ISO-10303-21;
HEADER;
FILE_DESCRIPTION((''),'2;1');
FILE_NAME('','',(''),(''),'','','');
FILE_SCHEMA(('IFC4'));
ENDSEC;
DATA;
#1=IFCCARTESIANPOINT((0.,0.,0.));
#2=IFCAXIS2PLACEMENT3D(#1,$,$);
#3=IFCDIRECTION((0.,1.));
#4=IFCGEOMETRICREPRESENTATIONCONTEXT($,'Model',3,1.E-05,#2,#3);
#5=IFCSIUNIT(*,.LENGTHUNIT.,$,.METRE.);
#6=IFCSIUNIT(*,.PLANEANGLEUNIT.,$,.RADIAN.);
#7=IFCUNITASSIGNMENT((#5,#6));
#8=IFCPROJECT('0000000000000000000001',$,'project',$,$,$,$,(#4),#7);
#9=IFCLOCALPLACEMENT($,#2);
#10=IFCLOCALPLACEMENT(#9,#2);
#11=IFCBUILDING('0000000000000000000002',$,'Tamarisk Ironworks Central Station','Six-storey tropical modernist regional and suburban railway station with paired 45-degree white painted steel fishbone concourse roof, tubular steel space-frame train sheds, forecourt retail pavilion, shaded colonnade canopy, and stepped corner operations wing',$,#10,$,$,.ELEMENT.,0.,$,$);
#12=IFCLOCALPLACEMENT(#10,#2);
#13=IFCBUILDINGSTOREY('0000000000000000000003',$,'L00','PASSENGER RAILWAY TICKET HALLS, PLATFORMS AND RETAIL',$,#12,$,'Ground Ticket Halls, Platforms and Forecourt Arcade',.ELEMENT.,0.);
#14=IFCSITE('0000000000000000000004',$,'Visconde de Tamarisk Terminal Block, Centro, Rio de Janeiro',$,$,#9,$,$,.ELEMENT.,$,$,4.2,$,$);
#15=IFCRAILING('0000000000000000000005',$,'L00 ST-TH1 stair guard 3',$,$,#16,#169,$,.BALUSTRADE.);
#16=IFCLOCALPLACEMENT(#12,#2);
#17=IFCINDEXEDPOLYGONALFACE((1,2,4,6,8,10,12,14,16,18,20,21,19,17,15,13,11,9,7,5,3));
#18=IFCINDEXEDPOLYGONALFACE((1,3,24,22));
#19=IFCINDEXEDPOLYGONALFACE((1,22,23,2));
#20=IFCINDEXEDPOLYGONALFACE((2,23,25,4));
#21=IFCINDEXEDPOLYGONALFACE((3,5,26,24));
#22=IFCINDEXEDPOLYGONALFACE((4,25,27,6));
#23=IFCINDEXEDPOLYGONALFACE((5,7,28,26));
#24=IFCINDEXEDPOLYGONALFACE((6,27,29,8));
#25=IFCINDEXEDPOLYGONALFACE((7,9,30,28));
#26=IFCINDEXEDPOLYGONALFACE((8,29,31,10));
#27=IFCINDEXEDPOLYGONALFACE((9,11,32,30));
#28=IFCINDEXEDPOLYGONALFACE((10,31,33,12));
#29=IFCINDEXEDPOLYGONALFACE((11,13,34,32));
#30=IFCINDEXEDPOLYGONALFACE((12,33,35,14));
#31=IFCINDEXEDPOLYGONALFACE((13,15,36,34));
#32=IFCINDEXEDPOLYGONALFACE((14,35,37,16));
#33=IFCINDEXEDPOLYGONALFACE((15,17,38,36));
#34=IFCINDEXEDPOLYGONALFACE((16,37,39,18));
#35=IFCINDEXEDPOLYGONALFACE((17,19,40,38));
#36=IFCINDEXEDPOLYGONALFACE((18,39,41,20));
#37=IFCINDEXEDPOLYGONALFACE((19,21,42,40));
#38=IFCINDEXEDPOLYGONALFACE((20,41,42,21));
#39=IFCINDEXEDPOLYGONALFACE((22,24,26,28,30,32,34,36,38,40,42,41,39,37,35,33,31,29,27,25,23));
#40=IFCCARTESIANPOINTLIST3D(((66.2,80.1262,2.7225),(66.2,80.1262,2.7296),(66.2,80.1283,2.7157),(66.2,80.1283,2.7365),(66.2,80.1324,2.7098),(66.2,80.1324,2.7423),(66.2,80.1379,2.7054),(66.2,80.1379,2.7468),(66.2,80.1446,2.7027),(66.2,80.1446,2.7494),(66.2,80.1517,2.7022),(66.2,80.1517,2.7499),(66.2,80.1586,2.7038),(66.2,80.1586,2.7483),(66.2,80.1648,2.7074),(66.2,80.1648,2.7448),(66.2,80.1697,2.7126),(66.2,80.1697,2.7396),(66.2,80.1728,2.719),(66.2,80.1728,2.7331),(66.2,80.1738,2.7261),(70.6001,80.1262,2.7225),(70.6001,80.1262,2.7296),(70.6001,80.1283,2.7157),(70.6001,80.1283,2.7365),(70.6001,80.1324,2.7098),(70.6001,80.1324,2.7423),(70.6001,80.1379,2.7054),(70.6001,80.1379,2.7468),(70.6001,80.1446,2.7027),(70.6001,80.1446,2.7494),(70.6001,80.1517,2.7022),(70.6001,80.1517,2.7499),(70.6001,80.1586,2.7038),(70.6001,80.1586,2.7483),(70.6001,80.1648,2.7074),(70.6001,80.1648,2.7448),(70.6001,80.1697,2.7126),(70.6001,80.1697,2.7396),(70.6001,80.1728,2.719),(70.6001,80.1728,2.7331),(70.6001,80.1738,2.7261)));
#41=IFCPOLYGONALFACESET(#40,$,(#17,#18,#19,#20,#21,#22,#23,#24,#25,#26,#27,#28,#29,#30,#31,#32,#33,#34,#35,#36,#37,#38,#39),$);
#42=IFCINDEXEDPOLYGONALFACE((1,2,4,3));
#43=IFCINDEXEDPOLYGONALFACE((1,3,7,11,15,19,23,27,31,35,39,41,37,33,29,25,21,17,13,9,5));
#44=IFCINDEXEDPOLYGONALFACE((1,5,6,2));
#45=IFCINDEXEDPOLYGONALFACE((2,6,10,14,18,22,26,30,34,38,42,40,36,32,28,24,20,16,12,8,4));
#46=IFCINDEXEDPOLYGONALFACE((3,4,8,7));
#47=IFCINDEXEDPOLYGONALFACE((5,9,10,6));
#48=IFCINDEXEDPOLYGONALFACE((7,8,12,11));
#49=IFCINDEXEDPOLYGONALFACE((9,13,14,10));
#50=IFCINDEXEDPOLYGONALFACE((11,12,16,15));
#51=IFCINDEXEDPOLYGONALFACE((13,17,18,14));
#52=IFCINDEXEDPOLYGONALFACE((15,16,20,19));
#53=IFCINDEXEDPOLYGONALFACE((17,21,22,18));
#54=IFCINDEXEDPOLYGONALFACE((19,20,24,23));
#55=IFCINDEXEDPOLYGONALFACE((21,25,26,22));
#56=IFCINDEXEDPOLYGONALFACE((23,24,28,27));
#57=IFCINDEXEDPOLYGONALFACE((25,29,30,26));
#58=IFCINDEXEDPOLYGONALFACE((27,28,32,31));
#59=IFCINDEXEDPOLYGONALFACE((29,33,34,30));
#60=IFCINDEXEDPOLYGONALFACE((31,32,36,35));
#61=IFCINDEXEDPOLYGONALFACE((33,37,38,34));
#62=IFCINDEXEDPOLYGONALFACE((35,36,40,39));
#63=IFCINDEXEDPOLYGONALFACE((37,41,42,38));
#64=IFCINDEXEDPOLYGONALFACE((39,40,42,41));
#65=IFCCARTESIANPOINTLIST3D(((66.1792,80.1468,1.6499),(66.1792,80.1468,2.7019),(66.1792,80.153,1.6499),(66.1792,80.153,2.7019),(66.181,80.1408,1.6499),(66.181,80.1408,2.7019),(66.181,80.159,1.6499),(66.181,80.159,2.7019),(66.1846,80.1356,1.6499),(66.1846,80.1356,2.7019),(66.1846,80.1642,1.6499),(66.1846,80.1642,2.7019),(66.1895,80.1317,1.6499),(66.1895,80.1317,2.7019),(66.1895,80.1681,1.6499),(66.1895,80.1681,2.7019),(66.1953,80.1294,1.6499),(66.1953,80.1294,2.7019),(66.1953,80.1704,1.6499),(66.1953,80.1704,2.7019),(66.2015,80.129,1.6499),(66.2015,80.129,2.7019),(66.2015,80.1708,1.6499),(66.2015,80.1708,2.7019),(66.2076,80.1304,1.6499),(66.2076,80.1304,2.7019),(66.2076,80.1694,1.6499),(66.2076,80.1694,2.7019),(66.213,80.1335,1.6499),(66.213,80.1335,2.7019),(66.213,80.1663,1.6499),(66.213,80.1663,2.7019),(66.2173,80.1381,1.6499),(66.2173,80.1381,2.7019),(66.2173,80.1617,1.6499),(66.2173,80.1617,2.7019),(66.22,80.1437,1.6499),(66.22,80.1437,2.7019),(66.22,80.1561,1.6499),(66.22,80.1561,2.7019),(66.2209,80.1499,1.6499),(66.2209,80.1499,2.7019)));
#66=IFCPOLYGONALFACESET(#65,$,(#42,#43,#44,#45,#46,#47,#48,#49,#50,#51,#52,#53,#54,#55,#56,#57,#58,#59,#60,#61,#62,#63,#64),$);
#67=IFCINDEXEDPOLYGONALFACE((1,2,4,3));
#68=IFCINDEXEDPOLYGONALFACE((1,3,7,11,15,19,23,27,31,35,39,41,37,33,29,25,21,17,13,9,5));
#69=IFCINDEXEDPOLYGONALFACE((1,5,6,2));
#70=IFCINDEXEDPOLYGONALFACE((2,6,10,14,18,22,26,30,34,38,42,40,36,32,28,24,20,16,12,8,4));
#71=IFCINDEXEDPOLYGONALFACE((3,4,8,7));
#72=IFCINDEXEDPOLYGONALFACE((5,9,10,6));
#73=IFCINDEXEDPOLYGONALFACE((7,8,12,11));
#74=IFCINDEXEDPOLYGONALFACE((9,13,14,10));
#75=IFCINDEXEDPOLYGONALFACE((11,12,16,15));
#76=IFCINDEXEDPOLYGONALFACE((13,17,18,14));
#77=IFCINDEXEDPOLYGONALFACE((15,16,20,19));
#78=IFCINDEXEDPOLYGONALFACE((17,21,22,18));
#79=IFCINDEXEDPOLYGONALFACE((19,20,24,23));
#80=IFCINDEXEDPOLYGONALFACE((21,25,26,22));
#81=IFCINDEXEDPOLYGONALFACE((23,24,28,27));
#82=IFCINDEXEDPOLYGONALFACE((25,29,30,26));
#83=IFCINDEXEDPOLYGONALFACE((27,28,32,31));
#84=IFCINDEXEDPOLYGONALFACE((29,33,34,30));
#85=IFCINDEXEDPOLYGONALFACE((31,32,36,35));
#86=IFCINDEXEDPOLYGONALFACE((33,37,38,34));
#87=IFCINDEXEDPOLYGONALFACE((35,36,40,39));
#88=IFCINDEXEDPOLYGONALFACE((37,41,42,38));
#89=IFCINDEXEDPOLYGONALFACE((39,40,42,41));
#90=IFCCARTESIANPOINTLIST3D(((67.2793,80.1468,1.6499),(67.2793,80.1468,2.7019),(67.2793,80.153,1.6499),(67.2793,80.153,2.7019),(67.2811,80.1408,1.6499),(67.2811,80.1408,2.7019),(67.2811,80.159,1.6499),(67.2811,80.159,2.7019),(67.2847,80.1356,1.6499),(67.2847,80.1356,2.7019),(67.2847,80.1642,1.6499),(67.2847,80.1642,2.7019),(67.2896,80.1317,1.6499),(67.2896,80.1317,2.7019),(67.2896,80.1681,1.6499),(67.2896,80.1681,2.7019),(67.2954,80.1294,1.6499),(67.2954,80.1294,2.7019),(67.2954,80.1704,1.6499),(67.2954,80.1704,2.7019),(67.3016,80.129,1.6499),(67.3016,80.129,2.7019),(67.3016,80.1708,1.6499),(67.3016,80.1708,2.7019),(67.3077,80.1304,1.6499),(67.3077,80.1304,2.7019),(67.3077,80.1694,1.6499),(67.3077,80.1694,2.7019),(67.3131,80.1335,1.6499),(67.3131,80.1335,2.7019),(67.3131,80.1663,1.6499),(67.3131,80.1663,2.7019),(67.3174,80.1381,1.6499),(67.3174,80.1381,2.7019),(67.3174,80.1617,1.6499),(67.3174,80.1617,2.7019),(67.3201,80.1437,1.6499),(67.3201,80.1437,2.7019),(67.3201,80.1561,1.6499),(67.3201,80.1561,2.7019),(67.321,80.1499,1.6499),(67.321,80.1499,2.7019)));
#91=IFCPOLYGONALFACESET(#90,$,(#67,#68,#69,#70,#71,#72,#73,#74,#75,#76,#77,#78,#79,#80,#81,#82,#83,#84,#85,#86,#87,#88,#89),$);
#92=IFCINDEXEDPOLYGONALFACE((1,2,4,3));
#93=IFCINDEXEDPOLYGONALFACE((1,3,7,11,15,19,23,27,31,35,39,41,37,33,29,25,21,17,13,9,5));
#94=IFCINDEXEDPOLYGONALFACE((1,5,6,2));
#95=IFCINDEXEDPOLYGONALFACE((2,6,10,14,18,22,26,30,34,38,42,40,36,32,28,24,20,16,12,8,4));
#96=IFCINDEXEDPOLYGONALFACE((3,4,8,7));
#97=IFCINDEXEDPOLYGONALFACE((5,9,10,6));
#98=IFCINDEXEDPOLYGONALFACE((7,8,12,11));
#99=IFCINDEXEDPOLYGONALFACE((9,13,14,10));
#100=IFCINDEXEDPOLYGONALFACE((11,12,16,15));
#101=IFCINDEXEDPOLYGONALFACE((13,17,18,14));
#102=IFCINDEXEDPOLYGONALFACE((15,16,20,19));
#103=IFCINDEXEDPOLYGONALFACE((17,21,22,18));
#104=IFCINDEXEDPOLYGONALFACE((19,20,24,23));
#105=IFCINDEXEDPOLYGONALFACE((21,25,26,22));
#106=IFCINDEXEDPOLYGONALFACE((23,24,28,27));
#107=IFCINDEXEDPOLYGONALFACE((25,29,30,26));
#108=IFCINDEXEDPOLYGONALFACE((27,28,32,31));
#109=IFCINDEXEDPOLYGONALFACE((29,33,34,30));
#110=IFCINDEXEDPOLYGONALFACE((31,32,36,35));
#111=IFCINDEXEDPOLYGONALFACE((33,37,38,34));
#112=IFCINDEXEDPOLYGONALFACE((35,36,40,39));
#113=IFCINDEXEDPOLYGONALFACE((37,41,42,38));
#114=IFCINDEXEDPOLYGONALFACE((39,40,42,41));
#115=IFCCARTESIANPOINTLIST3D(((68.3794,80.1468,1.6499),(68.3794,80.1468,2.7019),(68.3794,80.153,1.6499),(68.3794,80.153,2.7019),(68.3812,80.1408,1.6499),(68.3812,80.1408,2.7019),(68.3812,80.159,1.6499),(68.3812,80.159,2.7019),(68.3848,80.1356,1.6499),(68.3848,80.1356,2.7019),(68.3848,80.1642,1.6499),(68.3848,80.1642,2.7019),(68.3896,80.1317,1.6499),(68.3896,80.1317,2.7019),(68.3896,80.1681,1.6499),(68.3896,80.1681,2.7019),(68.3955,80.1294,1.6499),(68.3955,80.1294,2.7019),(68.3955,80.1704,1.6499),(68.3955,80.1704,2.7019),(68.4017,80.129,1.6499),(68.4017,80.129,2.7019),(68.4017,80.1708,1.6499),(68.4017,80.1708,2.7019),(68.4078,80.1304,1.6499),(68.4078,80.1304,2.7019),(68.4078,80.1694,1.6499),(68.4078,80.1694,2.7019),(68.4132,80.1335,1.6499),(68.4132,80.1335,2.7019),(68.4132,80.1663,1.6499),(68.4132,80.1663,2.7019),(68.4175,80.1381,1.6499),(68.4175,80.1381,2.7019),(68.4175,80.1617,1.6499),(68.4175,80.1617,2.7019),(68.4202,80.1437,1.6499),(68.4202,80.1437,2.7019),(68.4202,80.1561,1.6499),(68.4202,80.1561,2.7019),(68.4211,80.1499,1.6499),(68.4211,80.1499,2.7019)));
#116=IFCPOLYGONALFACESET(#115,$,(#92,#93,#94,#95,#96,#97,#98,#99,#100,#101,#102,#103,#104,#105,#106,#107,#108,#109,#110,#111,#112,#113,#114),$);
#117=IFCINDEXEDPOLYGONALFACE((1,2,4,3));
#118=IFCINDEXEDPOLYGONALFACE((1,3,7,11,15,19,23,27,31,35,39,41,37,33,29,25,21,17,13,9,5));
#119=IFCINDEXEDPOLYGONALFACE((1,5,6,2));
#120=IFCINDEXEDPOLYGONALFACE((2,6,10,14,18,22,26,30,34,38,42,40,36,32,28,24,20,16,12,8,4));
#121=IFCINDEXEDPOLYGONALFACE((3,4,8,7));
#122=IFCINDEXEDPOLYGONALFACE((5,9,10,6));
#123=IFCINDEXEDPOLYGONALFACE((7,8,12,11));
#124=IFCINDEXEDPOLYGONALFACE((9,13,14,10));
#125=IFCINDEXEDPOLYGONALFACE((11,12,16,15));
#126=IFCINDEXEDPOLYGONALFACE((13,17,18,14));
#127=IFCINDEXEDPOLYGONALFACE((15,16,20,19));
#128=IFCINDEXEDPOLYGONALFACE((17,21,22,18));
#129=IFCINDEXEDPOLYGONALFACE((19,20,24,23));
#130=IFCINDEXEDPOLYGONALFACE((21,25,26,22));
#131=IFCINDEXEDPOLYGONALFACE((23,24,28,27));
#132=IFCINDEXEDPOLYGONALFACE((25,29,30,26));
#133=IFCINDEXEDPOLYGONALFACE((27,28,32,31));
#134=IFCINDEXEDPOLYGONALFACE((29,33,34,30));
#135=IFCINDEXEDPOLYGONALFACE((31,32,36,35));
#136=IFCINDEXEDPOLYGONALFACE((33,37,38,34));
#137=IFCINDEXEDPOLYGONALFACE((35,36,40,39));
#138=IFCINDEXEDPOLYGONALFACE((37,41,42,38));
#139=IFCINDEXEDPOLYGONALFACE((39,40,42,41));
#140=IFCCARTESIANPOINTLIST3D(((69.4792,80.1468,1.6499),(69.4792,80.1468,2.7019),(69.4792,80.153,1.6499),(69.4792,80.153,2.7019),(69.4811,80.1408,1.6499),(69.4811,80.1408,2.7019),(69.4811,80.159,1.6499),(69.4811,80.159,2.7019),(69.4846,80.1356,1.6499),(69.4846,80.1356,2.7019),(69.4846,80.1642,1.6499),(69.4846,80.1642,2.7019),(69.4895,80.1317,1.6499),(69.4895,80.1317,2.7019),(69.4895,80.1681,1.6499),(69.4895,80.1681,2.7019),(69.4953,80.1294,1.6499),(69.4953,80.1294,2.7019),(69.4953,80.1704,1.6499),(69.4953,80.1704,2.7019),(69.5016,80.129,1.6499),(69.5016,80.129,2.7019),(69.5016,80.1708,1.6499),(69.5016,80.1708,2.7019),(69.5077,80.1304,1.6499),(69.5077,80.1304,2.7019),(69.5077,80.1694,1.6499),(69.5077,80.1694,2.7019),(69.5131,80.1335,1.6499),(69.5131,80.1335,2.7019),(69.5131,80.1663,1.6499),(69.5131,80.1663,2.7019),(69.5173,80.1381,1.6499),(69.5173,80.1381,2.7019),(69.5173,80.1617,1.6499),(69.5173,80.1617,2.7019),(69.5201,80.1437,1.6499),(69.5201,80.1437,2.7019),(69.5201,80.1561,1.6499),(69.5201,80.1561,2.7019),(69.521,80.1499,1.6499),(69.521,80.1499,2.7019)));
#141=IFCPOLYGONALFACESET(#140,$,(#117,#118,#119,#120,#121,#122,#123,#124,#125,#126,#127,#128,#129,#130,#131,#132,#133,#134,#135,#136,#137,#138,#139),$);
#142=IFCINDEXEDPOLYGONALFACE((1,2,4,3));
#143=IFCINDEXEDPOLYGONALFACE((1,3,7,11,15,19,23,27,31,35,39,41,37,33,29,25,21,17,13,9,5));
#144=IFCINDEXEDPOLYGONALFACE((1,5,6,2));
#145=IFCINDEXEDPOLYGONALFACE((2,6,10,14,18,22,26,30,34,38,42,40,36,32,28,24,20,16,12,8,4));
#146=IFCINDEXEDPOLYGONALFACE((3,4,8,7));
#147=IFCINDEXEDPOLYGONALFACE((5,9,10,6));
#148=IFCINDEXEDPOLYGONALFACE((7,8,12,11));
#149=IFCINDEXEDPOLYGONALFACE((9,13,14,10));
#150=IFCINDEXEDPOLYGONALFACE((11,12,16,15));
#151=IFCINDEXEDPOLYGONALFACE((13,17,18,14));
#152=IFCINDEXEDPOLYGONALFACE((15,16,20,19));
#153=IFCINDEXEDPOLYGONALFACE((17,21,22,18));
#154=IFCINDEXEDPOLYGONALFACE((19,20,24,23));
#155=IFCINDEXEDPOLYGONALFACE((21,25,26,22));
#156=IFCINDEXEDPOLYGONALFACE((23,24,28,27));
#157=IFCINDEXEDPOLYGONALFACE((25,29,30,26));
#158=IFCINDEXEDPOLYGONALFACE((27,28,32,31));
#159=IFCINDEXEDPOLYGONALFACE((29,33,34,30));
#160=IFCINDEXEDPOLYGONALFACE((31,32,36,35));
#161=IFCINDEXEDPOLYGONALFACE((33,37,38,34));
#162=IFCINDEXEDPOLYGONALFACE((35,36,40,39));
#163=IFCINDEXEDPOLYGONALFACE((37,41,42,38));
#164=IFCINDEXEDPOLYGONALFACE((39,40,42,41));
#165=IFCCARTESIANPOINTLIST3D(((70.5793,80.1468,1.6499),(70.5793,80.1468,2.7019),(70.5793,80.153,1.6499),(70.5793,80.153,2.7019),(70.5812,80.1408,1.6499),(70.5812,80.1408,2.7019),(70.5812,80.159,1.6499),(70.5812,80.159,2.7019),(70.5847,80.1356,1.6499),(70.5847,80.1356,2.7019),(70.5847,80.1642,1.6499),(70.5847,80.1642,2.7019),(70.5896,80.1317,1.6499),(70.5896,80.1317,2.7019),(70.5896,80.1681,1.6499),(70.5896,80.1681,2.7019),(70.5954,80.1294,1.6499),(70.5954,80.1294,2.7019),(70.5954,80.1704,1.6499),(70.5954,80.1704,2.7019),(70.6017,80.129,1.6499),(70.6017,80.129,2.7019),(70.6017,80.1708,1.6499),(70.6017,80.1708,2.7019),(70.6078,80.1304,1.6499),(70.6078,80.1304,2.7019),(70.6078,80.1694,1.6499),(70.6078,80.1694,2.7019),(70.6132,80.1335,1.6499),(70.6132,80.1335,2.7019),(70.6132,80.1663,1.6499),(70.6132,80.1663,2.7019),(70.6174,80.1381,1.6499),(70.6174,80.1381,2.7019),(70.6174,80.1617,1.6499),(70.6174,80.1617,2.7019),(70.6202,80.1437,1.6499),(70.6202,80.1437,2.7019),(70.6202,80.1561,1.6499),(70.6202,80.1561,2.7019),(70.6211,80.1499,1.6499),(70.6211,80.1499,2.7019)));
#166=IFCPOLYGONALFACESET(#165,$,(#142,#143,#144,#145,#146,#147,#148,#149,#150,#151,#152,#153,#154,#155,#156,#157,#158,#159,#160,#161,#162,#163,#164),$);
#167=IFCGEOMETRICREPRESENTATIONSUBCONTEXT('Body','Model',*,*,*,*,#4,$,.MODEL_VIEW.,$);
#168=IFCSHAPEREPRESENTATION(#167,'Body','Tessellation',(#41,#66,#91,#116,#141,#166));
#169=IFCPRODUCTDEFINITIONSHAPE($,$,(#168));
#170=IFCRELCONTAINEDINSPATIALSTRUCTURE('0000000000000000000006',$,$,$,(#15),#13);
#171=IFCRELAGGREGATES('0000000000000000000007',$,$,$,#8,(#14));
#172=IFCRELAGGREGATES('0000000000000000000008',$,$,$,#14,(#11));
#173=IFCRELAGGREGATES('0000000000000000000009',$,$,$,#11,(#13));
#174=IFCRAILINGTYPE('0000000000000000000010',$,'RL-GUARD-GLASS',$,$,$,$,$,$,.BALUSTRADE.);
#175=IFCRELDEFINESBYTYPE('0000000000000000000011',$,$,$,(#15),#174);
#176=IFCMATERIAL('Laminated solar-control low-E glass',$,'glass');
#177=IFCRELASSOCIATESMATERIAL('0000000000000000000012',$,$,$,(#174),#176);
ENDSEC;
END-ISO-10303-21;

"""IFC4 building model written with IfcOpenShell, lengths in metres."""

from ifc_helpers import new_model, si_unit, direction, frame, origin, origin_2d, place, context, subcontext, project, spatial, circle, extrude, material, type_object, element, save


model = new_model("IFC4")

# Units and contexts
model_context = context("Model", 3, precision=1e-05, world=origin(), true_north=direction((0.0, 1.0)))
body_context = subcontext(model_context, "Body", "Model", "MODEL_VIEW")
ifc_project = project(units=[si_unit("LENGTHUNIT", "METRE"), si_unit("PLANEANGLEUNIT", "RADIAN")], contexts=[model_context])

# Site, building, storey
site_placement = place(None, origin())
site = spatial("IfcSite", under=ifc_project, at=site_placement, Name="Visconde de Tamarisk Terminal Block, Centro, Rio de Janeiro", CompositionType="ELEMENT", RefElevation=4.2)
building_placement = place(site_placement, origin())
building = spatial("IfcBuilding", under=site, at=building_placement, Name="Tamarisk Ironworks Central Station", Description="Six-storey tropical modernist regional and suburban railway station with paired 45-degree white painted steel fishbone concourse roof, tubular steel space-frame train sheds, forecourt retail pavilion, shaded colonnade canopy, and stepped corner operations wing", CompositionType="ELEMENT", ElevationOfRefHeight=0.0)
storey_placement = place(building_placement, origin())
storey = spatial("IfcBuildingStorey", under=building, at=storey_placement, Name="L00", Description="PASSENGER RAILWAY TICKET HALLS, PLATFORMS AND RETAIL", LongName="Ground Ticket Halls, Platforms and Forecourt Arcade", CompositionType="ELEMENT", Elevation=0.0)

# Railing
ifc_material_1 = material(Name="Laminated solar-control low-E glass", Category="glass")
railing_type_1 = type_object("IfcRailingType", Name="RL-GUARD-GLASS", PredefinedType="BALUSTRADE", material=ifc_material_1)
railing_1_placement = place(storey_placement, frame((66.2, 80.1499, 1.6499)))
element("IfcRailing", 1, at=railing_1_placement, inside=storey, type_object=railing_type_1, Name="L00 ST-TH1 stair guard 3", PredefinedType="BALUSTRADE", context=body_context, shape_type="SweptSolid", body=[
    extrude(circle(Radius=0.0239, at=origin_2d()), frame((0.0, 0.0, 1.0762), z_axis=(1.0, 0.0, 0.0), x_axis=(0.0, 1.0, 0.0)), (0.0, 0.0, 1.0), 4.4001),
    extrude(circle(Radius=0.021, at=origin_2d()), origin(), (0.0, 0.0, 1.0), 1.052),
    extrude(circle(Radius=0.021, at=origin_2d()), frame((1.1001, 0.0, 0.0)), (0.0, 0.0, 1.0), 1.052),
    extrude(circle(Radius=0.021, at=origin_2d()), frame((2.2002, 0.0, 0.0)), (0.0, 0.0, 1.0), 1.052),
    extrude(circle(Radius=0.021, at=origin_2d()), frame((3.3, 0.0, 0.0)), (0.0, 0.0, 1.0), 1.052),
    extrude(circle(Radius=0.021, at=origin_2d()), frame((4.4001, 0.0, 0.0)), (0.0, 0.0, 1.0), 1.052),
])

save(model, "model.ifc")
